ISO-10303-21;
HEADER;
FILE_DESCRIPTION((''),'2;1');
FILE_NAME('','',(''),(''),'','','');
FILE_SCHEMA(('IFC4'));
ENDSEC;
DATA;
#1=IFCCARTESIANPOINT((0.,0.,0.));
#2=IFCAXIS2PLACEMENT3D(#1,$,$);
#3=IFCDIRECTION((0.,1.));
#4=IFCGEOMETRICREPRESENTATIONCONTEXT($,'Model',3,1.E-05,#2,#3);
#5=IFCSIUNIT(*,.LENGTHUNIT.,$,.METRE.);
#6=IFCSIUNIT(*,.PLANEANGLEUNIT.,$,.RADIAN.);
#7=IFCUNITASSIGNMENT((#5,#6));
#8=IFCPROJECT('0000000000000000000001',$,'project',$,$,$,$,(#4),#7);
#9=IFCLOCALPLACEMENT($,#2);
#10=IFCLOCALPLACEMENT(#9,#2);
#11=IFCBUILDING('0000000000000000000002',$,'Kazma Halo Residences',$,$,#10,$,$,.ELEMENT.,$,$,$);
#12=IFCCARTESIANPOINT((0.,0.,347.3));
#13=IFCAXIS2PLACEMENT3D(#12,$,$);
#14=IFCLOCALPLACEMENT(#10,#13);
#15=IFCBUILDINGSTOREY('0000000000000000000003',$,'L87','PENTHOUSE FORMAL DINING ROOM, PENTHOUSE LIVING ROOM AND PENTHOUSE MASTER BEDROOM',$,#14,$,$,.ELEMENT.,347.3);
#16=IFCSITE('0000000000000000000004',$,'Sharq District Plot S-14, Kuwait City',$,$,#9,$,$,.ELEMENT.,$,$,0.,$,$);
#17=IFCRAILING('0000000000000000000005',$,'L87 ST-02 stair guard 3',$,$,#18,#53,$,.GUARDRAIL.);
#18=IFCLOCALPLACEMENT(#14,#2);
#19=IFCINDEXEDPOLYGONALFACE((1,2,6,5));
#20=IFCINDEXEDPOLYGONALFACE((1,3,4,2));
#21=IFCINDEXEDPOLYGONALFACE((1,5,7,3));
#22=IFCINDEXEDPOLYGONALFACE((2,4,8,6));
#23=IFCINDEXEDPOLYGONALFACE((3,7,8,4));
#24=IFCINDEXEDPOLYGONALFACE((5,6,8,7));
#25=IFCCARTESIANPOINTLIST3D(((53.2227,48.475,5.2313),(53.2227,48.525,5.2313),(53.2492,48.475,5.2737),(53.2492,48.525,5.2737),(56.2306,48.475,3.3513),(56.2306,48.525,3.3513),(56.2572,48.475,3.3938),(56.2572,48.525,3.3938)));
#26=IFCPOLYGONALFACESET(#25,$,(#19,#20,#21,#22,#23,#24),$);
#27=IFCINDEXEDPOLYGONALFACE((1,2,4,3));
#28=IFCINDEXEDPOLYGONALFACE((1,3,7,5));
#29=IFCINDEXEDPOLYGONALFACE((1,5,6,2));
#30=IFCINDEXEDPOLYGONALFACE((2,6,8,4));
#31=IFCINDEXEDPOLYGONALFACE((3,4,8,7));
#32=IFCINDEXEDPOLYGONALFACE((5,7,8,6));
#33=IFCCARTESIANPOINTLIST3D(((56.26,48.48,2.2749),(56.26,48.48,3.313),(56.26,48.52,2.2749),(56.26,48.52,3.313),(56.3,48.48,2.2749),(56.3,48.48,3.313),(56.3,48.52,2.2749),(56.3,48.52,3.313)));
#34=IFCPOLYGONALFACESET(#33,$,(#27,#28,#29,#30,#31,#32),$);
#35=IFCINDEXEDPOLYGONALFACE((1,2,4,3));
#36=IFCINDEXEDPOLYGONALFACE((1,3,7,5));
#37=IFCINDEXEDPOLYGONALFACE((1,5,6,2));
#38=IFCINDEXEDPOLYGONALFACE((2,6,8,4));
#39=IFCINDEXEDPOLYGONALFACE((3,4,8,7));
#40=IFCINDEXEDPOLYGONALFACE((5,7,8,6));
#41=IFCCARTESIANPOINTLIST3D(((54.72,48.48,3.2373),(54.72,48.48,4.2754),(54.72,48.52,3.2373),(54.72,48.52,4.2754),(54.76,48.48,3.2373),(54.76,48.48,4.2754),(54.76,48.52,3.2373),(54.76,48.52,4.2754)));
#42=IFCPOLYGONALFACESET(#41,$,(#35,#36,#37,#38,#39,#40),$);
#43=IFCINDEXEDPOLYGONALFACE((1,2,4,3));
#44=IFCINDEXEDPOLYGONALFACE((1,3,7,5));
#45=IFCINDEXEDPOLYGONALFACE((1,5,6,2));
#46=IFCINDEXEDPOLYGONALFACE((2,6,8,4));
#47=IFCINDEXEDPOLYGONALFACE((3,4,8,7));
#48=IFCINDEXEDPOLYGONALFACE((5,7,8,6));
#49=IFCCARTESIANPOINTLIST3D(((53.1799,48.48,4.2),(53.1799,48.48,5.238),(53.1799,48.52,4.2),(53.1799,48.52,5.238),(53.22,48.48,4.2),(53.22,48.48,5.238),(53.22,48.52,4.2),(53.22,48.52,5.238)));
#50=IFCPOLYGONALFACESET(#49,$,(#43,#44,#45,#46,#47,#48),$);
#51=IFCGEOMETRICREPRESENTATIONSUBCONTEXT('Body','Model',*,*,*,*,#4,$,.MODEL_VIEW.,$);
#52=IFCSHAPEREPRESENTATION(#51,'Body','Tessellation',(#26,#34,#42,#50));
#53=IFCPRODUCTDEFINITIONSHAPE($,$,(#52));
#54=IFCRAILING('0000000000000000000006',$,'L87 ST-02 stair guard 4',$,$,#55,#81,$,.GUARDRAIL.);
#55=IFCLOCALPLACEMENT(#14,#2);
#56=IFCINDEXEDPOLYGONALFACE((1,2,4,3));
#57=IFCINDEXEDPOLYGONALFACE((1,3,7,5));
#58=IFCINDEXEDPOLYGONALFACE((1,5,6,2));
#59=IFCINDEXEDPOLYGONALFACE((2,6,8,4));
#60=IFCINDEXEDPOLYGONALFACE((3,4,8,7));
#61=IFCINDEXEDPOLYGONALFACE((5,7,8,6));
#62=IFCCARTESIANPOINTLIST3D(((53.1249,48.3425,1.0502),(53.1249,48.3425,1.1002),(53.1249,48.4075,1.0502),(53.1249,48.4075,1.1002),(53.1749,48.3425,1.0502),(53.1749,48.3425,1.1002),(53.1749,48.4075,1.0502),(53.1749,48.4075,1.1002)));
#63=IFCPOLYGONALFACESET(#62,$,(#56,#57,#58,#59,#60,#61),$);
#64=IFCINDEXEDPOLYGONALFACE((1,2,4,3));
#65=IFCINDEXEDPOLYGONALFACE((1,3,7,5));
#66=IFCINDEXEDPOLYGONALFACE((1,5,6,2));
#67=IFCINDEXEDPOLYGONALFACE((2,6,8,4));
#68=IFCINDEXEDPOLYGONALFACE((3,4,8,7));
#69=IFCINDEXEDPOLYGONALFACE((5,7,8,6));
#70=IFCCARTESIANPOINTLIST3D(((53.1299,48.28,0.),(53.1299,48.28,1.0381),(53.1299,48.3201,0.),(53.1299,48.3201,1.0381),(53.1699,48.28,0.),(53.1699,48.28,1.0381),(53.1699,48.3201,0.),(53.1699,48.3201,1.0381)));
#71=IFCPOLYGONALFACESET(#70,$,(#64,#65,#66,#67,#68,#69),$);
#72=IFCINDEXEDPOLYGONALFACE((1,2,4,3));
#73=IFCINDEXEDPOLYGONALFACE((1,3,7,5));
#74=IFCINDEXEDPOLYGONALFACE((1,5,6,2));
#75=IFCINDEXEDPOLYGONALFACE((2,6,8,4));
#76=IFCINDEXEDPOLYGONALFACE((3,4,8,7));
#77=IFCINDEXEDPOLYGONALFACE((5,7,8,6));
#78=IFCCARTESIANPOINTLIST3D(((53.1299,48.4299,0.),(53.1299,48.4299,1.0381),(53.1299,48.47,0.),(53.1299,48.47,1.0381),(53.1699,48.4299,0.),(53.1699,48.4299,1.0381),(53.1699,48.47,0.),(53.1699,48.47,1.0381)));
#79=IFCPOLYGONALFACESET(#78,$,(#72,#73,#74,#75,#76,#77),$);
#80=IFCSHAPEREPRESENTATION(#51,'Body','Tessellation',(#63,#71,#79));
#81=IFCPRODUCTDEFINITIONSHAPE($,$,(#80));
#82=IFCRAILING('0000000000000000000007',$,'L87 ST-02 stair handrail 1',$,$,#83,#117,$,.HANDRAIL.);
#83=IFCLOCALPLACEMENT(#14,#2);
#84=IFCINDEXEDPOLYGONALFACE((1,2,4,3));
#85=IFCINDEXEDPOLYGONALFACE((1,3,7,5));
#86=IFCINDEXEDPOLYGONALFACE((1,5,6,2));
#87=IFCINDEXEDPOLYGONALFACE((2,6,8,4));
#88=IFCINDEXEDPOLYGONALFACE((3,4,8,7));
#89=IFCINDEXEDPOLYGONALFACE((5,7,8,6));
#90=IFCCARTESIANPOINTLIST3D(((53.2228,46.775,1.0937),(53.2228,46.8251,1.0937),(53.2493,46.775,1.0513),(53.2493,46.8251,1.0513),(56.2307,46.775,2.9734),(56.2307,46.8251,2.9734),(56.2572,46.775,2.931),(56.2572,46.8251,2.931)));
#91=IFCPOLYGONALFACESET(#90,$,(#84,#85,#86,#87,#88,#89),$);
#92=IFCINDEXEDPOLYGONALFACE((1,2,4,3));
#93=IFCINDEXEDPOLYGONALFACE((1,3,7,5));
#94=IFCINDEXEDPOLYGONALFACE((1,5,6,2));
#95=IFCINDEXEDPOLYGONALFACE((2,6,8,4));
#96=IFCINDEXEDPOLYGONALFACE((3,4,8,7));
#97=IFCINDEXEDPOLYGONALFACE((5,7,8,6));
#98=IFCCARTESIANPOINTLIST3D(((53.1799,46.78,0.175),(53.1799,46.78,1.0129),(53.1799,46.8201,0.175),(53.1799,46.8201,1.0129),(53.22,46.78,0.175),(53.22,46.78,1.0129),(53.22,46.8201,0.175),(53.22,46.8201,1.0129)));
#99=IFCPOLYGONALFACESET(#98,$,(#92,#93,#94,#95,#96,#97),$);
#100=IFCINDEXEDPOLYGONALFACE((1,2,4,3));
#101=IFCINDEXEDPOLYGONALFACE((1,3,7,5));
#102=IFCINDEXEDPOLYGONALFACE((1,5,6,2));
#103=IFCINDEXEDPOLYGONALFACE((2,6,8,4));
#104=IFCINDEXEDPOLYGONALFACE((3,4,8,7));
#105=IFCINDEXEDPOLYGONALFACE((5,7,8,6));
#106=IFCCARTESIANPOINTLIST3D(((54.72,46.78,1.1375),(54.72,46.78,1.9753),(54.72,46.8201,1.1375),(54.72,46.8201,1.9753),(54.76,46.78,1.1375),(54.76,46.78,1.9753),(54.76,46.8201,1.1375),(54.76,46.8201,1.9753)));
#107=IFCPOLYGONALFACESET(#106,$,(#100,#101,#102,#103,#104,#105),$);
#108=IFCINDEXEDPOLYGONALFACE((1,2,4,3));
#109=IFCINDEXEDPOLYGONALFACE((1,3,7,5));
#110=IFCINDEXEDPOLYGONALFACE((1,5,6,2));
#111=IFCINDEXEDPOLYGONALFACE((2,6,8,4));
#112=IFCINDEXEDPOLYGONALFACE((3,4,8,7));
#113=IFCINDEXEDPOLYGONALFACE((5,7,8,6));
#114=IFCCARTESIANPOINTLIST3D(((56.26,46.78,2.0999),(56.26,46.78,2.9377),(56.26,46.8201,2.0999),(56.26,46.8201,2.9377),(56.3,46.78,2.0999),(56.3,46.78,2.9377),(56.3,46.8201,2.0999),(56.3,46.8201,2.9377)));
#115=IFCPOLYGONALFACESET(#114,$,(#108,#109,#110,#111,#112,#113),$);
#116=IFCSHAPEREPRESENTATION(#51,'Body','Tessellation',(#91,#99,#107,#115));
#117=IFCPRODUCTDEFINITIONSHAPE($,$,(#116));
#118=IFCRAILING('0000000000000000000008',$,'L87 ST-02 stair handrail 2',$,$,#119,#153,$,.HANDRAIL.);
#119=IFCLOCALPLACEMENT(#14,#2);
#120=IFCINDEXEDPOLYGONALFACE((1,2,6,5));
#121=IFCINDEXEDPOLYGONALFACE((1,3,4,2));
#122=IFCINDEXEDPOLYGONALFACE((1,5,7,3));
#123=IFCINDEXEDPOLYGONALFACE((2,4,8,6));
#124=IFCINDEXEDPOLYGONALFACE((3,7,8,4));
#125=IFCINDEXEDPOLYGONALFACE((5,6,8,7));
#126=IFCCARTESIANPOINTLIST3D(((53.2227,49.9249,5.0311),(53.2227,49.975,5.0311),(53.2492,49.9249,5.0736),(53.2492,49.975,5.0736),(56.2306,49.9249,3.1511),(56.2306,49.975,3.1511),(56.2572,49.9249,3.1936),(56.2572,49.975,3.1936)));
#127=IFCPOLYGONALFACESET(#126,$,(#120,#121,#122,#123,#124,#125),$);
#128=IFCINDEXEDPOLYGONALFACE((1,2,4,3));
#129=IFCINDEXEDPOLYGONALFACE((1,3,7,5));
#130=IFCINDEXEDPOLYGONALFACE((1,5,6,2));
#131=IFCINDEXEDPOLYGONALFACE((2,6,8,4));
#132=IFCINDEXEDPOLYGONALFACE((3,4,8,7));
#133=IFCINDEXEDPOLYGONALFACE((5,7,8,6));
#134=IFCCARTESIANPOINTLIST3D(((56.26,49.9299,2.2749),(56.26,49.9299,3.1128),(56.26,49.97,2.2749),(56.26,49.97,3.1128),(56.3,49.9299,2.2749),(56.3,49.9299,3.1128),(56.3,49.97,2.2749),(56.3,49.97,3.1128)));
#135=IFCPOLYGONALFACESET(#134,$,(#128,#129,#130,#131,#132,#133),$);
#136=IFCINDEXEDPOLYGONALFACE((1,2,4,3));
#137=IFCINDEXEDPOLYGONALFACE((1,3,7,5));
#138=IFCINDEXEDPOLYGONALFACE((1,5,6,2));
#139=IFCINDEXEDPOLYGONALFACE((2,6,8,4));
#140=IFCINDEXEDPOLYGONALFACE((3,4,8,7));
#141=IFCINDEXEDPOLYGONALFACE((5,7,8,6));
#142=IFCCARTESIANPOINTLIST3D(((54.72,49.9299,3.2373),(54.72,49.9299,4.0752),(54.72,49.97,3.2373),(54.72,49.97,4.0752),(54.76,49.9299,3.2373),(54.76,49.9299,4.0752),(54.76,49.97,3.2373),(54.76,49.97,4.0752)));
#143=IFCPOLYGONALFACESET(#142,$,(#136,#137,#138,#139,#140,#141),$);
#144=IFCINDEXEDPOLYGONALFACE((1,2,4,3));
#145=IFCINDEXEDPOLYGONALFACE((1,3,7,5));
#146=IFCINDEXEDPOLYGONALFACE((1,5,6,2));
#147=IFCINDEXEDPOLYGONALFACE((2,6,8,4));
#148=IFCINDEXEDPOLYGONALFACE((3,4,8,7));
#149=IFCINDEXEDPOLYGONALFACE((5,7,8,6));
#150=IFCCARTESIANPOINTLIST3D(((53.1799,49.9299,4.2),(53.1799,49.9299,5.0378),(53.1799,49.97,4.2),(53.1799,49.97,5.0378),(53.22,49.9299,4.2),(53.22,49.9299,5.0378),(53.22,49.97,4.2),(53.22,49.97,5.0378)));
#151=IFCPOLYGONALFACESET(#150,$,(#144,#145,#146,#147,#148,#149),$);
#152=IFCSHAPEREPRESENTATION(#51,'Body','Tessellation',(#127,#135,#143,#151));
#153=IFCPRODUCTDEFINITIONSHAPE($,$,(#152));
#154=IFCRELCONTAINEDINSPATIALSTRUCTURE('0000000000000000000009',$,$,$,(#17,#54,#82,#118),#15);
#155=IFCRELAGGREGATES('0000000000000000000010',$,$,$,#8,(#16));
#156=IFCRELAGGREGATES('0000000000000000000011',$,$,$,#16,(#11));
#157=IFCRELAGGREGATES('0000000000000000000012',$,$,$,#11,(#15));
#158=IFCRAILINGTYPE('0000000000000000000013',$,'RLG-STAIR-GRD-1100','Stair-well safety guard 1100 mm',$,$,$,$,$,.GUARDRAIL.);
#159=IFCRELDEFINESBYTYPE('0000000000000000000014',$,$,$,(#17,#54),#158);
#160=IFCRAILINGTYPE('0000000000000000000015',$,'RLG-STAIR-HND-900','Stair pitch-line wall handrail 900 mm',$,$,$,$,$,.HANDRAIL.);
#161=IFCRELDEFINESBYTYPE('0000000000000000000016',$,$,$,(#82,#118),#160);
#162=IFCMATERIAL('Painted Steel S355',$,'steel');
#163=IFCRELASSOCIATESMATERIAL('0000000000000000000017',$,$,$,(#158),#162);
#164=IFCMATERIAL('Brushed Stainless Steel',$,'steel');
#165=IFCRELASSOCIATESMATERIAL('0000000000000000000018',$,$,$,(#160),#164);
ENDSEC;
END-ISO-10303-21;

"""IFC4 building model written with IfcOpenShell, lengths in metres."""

from ifc_helpers import new_model, si_unit, direction, frame, origin, origin_2d, place, context, subcontext, project, spatial, rectangle, extrude, material, type_object, element, save


model = new_model("IFC4")

# Units and contexts
model_context = context("Model", 3, precision=1e-05, world=origin(), true_north=direction((0.0, 1.0)))
body_context = subcontext(model_context, "Body", "Model", "MODEL_VIEW")
ifc_project = project(units=[si_unit("LENGTHUNIT", "METRE"), si_unit("PLANEANGLEUNIT", "RADIAN")], contexts=[model_context])

# Site, building, storey
site_placement = place(None, origin())
site = spatial("IfcSite", under=ifc_project, at=site_placement, Name="Sharq District Plot S-14, Kuwait City", CompositionType="ELEMENT", RefElevation=0.0)
building_placement = place(site_placement, origin())
building = spatial("IfcBuilding", under=site, at=building_placement, Name="Kazma Halo Residences", CompositionType="ELEMENT")
storey_placement = place(building_placement, frame((0.0, 0.0, 347.3)))
storey = spatial("IfcBuildingStorey", under=building, at=storey_placement, Name="L87", Description="PENTHOUSE FORMAL DINING ROOM, PENTHOUSE LIVING ROOM AND PENTHOUSE MASTER BEDROOM", CompositionType="ELEMENT", Elevation=347.3)

# Railings
ifc_material_1 = material(Name="Painted Steel S355", Category="steel")
railing_type_1 = type_object("IfcRailingType", Name="RLG-STAIR-GRD-1100", Description="Stair-well safety guard 1100 mm", PredefinedType="GUARDRAIL", material=ifc_material_1)
railing_1_placement = place(storey_placement, frame((56.28, 48.5, 2.2749)))
element("IfcRailing", 1, at=railing_1_placement, inside=storey, type_object=railing_type_1, Name="L87 ST-02 stair guard 3", PredefinedType="GUARDRAIL", context=body_context, shape_type="SweptSolid", body=[
    extrude(rectangle(XDim=0.05, YDim=0.05, at=origin_2d()), frame((-0.0361, 0.0, 1.0977), z_axis=(-0.847998, 0.0, 0.529999), x_axis=(0.0, -1.0, 0.0)), (0.0, 0.0, 1.0), 3.5471),
    extrude(rectangle(XDim=0.04, YDim=0.04, at=origin_2d()), origin(), (0.0, 0.0, 1.0), 1.0381),
    extrude(rectangle(XDim=0.04, YDim=0.04, at=origin_2d()), frame((-1.54, 0.0, 0.9624)), (0.0, 0.0, 1.0), 1.0381),
    extrude(rectangle(XDim=0.04, YDim=0.04, at=origin_2d()), frame((-3.0801, 0.0, 1.925)), (0.0, 0.0, 1.0), 1.0381),
])
railing_2_placement = place(storey_placement, frame((53.1499, 48.3, 0.0)))
element("IfcRailing", 2, at=railing_2_placement, inside=storey, type_object=railing_type_1, Name="L87 ST-02 stair guard 4", PredefinedType="GUARDRAIL", context=body_context, shape_type="SweptSolid", body=[
    extrude(rectangle(XDim=0.05, YDim=0.05, at=origin_2d()), frame((0.0, 0.0425, 1.0752), z_axis=(0.0, 1.0, 0.0), x_axis=(-1.0, 0.0, 0.0)), (0.0, 0.0, 1.0), 0.0649),
    extrude(rectangle(XDim=0.04, YDim=0.04, at=origin_2d()), origin(), (0.0, 0.0, 1.0), 1.0381),
    extrude(rectangle(XDim=0.04, YDim=0.04, at=origin_2d()), frame((0.0, 0.1499, 0.0)), (0.0, 0.0, 1.0), 1.0381),
])
ifc_material_2 = material(Name="Brushed Stainless Steel", Category="steel")
railing_type_2 = type_object("IfcRailingType", Name="RLG-STAIR-HND-900", Description="Stair pitch-line wall handrail 900 mm", PredefinedType="HANDRAIL", material=ifc_material_2)
railing_3_placement = place(storey_placement, frame((53.2, 46.8, 0.175)))
element("IfcRailing", 3, at=railing_3_placement, inside=storey, type_object=railing_type_2, Name="L87 ST-02 stair handrail 1", PredefinedType="HANDRAIL", context=body_context, shape_type="SweptSolid", body=[
    extrude(rectangle(XDim=0.05, YDim=0.05, at=origin_2d()), frame((0.0361, 0.0, 0.8975), z_axis=(0.848029, 0.0, 0.529951), x_axis=(0.0, 1.0, 0.0)), (0.0, 0.0, 1.0), 3.5469),
    extrude(rectangle(XDim=0.04, YDim=0.04, at=origin_2d()), origin(), (0.0, 0.0, 1.0), 0.8379),
    extrude(rectangle(XDim=0.04, YDim=0.04, at=origin_2d()), frame((1.54, 0.0, 0.9624)), (0.0, 0.0, 1.0), 0.8379),
    extrude(rectangle(XDim=0.04, YDim=0.04, at=origin_2d()), frame((3.0801, 0.0, 1.9248)), (0.0, 0.0, 1.0), 0.8379),
])
railing_4_placement = place(storey_placement, frame((56.28, 49.95, 2.2749)))
element("IfcRailing", 4, at=railing_4_placement, inside=storey, type_object=railing_type_2, Name="L87 ST-02 stair handrail 2", PredefinedType="HANDRAIL", context=body_context, shape_type="SweptSolid", body=[
    extrude(rectangle(XDim=0.05, YDim=0.05, at=origin_2d()), frame((-0.0361, 0.0, 0.8975), z_axis=(-0.847998, 0.0, 0.529999), x_axis=(0.0, -1.0, 0.0)), (0.0, 0.0, 1.0), 3.5471),
    extrude(rectangle(XDim=0.04, YDim=0.04, at=origin_2d()), origin(), (0.0, 0.0, 1.0), 0.8379),
    extrude(rectangle(XDim=0.04, YDim=0.04, at=origin_2d()), frame((-1.54, 0.0, 0.9624)), (0.0, 0.0, 1.0), 0.8379),
    extrude(rectangle(XDim=0.04, YDim=0.04, at=origin_2d()), frame((-3.0801, 0.0, 1.925)), (0.0, 0.0, 1.0), 0.8379),
])

save(model, "model.ifc")
